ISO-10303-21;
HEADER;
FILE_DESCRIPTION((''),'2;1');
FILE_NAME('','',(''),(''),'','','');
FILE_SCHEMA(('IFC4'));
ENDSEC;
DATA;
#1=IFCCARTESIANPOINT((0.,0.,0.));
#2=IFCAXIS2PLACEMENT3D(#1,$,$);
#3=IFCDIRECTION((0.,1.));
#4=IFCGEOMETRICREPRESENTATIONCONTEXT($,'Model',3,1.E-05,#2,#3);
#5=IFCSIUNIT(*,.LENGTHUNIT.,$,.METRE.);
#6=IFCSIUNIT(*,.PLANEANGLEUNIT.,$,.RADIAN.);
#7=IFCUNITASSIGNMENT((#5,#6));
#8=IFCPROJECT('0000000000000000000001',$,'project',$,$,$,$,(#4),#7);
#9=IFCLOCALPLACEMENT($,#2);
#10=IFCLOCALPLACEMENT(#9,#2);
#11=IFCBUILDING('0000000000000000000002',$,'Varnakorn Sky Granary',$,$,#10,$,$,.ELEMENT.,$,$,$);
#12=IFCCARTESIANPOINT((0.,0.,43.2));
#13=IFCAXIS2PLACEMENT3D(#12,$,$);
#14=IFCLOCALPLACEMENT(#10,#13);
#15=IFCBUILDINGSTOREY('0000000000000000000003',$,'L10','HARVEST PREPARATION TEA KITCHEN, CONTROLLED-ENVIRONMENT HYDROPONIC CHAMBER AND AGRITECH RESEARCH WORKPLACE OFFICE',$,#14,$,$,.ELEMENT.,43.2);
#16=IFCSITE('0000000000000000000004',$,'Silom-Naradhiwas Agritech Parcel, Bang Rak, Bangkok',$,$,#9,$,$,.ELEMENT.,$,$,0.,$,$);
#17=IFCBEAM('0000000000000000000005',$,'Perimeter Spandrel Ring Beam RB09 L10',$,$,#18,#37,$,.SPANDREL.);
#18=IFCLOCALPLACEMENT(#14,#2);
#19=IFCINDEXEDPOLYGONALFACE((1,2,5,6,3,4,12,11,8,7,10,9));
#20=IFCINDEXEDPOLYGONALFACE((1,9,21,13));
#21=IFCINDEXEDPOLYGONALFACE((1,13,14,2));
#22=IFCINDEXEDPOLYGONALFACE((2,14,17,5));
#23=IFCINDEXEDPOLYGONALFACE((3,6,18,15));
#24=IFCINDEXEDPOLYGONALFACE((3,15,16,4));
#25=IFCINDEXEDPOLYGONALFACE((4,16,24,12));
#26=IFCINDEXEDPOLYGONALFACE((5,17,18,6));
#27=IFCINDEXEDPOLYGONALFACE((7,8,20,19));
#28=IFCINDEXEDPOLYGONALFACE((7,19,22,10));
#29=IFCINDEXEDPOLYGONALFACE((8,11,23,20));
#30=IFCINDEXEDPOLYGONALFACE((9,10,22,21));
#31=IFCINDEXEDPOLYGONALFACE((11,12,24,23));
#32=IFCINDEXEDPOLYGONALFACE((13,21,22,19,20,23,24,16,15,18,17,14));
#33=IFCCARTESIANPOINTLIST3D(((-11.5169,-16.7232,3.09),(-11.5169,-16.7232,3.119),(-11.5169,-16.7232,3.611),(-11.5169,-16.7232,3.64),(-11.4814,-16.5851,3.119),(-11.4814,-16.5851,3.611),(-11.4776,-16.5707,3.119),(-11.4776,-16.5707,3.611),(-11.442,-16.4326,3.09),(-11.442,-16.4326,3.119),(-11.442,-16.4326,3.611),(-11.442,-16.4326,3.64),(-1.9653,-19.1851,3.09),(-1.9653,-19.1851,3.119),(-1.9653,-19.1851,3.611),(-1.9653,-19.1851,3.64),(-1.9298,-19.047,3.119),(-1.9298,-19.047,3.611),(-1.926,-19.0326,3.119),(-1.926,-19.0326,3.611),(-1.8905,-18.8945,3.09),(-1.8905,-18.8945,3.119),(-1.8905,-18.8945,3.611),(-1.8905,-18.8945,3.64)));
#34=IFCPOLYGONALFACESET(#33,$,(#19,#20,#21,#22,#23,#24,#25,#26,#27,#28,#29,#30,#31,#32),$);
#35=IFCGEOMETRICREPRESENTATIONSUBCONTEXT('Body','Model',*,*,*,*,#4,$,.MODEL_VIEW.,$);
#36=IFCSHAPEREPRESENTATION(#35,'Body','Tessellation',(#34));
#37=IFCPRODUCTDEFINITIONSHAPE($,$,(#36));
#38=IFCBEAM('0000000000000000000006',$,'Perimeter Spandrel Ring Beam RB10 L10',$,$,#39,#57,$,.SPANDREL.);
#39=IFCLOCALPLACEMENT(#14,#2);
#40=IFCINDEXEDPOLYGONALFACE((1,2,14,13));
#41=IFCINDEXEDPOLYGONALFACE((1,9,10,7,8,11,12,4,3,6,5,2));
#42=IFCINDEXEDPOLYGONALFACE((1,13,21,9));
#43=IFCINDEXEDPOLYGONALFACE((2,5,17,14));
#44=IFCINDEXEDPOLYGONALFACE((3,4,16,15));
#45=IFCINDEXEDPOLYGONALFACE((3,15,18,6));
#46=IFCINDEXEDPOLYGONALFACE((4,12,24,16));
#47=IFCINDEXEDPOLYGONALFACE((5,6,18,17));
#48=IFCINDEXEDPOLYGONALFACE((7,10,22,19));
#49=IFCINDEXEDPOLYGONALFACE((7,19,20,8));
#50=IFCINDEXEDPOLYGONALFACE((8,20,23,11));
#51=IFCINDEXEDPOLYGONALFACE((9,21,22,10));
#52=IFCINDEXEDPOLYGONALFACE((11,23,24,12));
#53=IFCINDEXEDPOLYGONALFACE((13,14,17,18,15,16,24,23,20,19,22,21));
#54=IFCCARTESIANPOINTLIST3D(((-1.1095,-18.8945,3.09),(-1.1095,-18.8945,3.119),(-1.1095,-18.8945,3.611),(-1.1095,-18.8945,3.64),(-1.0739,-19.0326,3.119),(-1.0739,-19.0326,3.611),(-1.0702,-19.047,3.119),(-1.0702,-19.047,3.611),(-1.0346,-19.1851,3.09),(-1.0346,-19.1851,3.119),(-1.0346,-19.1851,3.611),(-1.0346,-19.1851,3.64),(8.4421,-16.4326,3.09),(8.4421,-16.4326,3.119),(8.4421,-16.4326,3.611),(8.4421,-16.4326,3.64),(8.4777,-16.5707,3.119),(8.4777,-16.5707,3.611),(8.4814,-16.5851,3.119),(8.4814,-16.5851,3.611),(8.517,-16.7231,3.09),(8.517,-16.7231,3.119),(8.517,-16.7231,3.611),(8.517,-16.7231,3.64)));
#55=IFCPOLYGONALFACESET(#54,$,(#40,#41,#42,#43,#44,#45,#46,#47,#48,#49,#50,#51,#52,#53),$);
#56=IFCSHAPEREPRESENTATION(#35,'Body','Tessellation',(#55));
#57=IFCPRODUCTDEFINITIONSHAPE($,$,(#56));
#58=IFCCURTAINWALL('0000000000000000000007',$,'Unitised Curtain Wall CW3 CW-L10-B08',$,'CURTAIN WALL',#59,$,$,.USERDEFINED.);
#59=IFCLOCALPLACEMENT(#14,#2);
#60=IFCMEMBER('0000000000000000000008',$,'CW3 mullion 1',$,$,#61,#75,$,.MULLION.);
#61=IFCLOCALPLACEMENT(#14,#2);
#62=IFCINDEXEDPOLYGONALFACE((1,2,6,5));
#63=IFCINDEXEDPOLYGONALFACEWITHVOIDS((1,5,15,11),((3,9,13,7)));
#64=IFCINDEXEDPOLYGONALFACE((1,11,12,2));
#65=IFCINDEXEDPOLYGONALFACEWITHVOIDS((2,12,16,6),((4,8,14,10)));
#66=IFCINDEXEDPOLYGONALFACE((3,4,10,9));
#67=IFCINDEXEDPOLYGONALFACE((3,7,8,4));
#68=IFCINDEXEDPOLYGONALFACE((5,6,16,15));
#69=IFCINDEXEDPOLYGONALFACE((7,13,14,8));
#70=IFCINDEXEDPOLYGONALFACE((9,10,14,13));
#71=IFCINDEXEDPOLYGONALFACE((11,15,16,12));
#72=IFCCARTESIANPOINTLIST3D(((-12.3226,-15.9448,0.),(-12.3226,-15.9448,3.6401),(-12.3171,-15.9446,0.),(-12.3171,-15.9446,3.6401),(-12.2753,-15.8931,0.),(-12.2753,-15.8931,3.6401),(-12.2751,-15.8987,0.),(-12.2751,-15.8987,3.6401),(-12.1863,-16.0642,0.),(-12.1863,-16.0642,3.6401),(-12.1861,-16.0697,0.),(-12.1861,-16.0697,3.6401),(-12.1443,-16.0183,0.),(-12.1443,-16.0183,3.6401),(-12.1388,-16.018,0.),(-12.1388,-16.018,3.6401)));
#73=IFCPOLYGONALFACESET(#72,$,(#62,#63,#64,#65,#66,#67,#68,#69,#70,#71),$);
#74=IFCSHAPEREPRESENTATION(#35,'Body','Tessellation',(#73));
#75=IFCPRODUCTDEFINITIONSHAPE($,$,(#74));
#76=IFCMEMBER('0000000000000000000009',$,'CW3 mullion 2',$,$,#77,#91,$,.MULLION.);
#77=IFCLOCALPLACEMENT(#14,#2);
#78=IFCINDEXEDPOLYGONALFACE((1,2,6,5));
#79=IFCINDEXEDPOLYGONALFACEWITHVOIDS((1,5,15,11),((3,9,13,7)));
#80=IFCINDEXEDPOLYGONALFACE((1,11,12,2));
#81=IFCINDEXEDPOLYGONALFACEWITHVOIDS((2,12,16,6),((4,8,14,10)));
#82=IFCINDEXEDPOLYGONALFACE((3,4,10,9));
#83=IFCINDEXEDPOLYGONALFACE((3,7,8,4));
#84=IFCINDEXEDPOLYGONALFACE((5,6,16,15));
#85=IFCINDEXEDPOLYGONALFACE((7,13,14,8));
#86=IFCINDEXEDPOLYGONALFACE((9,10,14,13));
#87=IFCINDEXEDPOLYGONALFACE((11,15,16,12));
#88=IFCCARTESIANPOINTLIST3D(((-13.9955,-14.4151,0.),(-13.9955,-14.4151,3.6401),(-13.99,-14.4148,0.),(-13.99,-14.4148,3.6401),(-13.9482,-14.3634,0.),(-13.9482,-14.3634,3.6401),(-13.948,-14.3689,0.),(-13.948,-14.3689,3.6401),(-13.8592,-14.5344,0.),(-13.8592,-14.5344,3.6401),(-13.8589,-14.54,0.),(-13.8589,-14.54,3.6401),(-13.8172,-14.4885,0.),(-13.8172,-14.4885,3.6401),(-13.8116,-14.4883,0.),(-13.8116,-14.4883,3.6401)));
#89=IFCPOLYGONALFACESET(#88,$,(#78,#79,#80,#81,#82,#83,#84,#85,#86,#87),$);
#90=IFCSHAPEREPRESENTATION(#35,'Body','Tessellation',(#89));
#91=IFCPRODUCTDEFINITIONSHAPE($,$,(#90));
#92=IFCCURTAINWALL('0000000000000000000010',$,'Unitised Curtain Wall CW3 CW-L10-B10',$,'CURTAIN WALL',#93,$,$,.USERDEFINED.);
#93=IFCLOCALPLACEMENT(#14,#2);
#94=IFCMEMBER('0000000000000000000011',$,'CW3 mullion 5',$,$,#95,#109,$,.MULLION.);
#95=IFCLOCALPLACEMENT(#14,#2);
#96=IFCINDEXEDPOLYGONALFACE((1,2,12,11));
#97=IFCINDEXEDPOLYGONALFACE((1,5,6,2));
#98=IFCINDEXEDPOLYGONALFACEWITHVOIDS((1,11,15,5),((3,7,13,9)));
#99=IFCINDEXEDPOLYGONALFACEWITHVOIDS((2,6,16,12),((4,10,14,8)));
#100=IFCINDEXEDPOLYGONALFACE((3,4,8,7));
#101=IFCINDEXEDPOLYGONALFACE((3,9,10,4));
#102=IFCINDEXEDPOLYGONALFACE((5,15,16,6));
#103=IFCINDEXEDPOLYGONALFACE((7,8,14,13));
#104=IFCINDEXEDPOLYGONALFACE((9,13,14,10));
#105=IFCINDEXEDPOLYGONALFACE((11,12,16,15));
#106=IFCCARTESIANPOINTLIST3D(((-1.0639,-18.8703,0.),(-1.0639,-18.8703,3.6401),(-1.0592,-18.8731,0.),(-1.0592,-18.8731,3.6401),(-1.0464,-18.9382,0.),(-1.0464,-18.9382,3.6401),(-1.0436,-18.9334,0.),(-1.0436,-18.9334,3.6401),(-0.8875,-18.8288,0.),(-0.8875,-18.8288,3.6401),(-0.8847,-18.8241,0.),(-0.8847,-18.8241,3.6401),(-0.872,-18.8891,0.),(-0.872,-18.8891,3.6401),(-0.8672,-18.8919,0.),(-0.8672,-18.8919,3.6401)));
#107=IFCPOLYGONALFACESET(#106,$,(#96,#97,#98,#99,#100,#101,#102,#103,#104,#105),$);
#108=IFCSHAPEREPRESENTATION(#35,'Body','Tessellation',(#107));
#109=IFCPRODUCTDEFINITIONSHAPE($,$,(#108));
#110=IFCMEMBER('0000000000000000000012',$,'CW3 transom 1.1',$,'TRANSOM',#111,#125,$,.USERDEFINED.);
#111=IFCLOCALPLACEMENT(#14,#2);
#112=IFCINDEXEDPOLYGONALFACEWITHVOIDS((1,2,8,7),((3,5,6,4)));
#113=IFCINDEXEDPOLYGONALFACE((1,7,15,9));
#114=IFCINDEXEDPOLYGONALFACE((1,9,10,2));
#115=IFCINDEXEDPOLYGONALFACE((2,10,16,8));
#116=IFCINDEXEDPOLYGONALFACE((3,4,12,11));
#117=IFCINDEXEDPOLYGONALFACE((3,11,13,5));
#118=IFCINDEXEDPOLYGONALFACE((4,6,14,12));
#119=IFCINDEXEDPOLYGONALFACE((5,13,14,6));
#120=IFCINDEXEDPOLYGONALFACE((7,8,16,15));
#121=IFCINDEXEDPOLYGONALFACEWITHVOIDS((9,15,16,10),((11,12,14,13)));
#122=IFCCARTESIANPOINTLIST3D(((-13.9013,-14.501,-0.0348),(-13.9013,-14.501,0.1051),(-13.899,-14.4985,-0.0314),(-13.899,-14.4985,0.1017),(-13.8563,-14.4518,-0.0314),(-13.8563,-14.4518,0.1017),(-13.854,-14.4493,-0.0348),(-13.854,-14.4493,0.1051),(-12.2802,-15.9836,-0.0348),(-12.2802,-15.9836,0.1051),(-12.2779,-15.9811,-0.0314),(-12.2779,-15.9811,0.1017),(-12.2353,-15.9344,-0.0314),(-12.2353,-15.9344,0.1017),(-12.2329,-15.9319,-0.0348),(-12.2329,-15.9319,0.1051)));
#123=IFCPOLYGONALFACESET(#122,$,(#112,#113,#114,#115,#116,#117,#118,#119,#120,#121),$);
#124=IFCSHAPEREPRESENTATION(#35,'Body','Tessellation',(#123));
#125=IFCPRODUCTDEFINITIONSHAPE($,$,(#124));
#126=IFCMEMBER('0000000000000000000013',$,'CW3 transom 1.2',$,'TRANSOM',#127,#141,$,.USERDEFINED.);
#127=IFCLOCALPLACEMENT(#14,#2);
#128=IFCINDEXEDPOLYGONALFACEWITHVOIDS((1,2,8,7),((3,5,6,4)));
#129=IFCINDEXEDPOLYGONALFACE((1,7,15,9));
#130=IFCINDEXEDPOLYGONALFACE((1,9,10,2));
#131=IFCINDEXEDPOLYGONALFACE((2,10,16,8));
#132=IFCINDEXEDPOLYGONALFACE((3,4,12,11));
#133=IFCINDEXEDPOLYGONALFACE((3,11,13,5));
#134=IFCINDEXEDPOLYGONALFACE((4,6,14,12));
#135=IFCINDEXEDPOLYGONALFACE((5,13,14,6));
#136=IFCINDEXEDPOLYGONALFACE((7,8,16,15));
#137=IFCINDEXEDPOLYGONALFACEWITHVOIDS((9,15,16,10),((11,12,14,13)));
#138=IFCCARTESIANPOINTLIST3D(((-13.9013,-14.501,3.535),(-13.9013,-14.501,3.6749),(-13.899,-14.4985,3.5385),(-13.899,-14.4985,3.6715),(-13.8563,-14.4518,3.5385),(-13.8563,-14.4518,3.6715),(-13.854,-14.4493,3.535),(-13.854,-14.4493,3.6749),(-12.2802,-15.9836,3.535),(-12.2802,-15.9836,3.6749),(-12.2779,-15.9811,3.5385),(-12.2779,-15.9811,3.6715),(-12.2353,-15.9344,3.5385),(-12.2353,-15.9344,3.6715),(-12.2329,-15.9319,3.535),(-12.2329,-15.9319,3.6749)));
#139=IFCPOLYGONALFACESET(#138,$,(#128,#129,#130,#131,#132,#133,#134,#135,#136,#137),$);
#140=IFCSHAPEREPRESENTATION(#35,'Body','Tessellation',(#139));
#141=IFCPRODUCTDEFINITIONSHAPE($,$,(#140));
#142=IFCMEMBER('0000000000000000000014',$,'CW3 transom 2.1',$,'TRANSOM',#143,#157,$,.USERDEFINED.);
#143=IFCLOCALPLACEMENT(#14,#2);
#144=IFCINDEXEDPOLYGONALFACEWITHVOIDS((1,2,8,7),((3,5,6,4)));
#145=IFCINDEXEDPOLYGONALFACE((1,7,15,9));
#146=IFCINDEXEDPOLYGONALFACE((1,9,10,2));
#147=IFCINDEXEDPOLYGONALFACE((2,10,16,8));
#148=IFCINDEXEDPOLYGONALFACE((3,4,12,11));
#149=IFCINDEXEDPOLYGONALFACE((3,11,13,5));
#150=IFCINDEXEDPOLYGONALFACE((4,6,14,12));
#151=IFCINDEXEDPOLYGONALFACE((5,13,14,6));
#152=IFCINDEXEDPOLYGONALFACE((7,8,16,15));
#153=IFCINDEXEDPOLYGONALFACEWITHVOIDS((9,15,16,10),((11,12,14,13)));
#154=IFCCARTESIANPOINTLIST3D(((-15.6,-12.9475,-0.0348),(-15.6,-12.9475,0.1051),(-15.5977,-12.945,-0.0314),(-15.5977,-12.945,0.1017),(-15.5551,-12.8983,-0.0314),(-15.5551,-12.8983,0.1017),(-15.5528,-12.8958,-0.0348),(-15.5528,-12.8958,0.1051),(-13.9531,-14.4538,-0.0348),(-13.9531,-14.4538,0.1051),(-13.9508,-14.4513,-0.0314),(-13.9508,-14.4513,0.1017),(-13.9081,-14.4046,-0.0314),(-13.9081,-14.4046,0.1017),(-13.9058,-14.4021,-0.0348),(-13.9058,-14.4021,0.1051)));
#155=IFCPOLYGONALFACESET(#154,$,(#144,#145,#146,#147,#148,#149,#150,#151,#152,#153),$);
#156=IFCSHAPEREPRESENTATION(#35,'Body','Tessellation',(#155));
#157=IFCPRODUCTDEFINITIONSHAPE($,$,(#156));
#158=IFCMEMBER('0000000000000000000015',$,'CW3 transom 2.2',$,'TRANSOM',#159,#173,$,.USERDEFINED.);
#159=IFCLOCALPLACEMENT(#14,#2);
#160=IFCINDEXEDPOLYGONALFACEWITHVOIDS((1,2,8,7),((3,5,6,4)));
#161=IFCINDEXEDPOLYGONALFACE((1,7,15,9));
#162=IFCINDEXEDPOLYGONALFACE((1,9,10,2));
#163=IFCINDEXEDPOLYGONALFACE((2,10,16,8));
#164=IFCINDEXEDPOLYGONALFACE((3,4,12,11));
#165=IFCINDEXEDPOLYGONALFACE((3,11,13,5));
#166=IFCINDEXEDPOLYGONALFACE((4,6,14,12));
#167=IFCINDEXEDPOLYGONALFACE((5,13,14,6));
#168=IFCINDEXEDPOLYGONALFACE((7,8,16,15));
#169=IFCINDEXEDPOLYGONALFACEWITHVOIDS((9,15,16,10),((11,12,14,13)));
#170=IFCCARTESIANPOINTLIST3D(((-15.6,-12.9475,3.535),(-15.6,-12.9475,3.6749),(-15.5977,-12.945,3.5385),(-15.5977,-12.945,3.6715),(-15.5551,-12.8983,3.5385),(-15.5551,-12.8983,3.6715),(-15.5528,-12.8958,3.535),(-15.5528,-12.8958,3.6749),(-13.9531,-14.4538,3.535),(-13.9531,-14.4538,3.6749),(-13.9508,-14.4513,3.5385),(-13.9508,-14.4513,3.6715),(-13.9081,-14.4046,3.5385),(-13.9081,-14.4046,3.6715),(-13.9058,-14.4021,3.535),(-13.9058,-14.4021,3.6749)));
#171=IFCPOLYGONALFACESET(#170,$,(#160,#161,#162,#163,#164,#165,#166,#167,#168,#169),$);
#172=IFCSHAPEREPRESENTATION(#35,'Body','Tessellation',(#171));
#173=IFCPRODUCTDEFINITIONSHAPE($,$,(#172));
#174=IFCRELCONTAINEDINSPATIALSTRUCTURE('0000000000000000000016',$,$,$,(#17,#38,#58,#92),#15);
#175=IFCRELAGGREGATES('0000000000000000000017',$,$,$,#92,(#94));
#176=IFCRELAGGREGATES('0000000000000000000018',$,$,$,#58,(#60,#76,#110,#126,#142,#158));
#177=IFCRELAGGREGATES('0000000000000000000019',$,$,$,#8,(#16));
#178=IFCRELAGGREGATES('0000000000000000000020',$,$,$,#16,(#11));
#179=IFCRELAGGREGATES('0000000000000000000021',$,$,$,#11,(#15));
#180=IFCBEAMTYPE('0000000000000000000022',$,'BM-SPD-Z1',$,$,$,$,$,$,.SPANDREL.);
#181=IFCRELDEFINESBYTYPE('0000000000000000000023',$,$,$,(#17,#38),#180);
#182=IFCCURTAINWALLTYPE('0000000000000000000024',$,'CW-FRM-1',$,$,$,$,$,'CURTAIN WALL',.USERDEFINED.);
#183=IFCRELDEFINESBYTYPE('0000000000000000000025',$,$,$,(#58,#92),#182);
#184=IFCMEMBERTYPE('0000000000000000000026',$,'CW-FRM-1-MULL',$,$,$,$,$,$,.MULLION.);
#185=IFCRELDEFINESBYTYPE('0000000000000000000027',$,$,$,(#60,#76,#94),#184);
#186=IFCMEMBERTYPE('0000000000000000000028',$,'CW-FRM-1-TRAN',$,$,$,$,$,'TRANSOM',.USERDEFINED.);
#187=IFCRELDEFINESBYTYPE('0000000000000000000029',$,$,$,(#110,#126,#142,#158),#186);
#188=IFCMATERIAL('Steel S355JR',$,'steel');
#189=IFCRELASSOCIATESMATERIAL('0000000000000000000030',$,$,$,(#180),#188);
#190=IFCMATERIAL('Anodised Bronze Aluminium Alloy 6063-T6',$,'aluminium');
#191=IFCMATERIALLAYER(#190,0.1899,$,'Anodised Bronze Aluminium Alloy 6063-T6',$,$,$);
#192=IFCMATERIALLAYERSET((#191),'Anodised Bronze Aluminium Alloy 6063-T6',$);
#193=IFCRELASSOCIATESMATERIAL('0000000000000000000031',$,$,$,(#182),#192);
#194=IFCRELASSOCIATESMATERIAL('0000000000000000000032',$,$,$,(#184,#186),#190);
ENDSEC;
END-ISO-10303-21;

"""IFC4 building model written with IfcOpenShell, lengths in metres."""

from ifc_helpers import new_model, si_unit, direction, frame, origin, origin_2d, place, context, subcontext, project, spatial, hollow_rectangle, i_section, extrude, material, layer, layer_set, material_profile, profile_set, type_object, element, aggregate, save


model = new_model("IFC4")

# Units and contexts
model_context = context("Model", 3, precision=1e-05, world=origin(), true_north=direction((0.0, 1.0)))
body_context = subcontext(model_context, "Body", "Model", "MODEL_VIEW")
ifc_project = project(units=[si_unit("LENGTHUNIT", "METRE"), si_unit("PLANEANGLEUNIT", "RADIAN")], contexts=[model_context])

# Site, building, storey
site_placement = place(None, origin())
site = spatial("IfcSite", under=ifc_project, at=site_placement, Name="Silom-Naradhiwas Agritech Parcel, Bang Rak, Bangkok", CompositionType="ELEMENT", RefElevation=0.0)
building_placement = place(site_placement, origin())
building = spatial("IfcBuilding", under=site, at=building_placement, Name="Varnakorn Sky Granary", CompositionType="ELEMENT")
storey_placement = place(building_placement, frame((0.0, 0.0, 43.2)))
storey = spatial("IfcBuildingStorey", under=building, at=storey_placement, Name="L10", Description="HARVEST PREPARATION TEA KITCHEN, CONTROLLED-ENVIRONMENT HYDROPONIC CHAMBER AND AGRITECH RESEARCH WORKPLACE OFFICE", CompositionType="ELEMENT", Elevation=43.2)

# Beams
ifc_material_1 = material(Name="Steel S355JR", Category="steel")
ifc_material_profile_1 = material_profile(ifc_material_1, i_section(OverallWidth=0.3, OverallDepth=0.55, WebThickness=0.0149, FlangeThickness=0.0291, at=origin_2d()), Name="HE 550 B")
ifc_profile_set_1 = profile_set([ifc_material_profile_1], Name="Steel S355JR")
beam_type_1 = type_object("IfcBeamType", Name="BM-SPD-Z1", PredefinedType="SPANDREL", material=ifc_profile_set_1)
for number, where, z_axis, x_axis, name in (
    (1, (-11.4795, -16.5779, 3.365), (0.968351, -0.249594, 0.0), (0.249594, 0.968351, 0.0), "Perimeter Spandrel Ring Beam RB09 L10"),
    (2, (-1.072, -19.0398, 3.365), (0.968351, 0.249594, 0.0), (-0.249594, 0.968351, 0.0), "Perimeter Spandrel Ring Beam RB10 L10"),
):
    element("IfcBeam", number, at=place(storey_placement, frame(where, z_axis=z_axis, x_axis=x_axis)), inside=storey, type_object=beam_type_1, Name=name, PredefinedType="SPANDREL", context=body_context, shape_type="SweptSolid", body=[
        extrude(i_section(OverallWidth=0.3, OverallDepth=0.55, WebThickness=0.0149, FlangeThickness=0.0291, at=origin_2d()), origin(), (0.0, 0.0, 1.0), 9.8638),
    ])

# Curtain wall, members
ifc_material_2 = material(Name="Anodised Bronze Aluminium Alloy 6063-T6", Category="aluminium")
ifc_layer_1 = layer(ifc_material_2, 0.1899, Name="Anodised Bronze Aluminium Alloy 6063-T6")
ifc_layer_set_1 = layer_set([ifc_layer_1], Name="Anodised Bronze Aluminium Alloy 6063-T6")
curtain_wall_type = type_object("IfcCurtainWallType", Name="CW-FRM-1", ElementType="CURTAIN WALL", PredefinedType="USERDEFINED", material=ifc_layer_set_1)
curtain_wall_1_placement = place(storey_placement, origin())
curtain_wall_1 = element("IfcCurtainWall", 3, at=curtain_wall_1_placement, inside=storey, type_object=curtain_wall_type, Name="Unitised Curtain Wall CW3 CW-L10-B08", ObjectType="CURTAIN WALL", PredefinedType="USERDEFINED")
ifc_material_profile_2 = material_profile(ifc_material_2, hollow_rectangle(XDim=0.0701, YDim=0.1851, WallThickness=0.0039, at=origin_2d()), Name="ALU MULL 70x185")
ifc_profile_set_2 = profile_set([ifc_material_profile_2], Name="Anodised Bronze Aluminium Alloy 6063-T6")
member_type_1 = type_object("IfcMemberType", Name="CW-FRM-1-MULL", PredefinedType="MULLION", material=ifc_profile_set_2)
member_1_placement = place(storey_placement, frame((-12.2307, -15.9814, 0.0), z_axis=(0.0, 0.0, 1.0), x_axis=(-0.674903, -0.737906, 0.0)))
member_1 = element("IfcMember", 4, at=member_1_placement, type_object=member_type_1, Name="CW3 mullion 1", PredefinedType="MULLION", context=body_context, shape_type="SweptSolid", body=[
    extrude(hollow_rectangle(XDim=0.0701, YDim=0.1851, WallThickness=0.0039, at=origin_2d()), origin(), (0.0, 0.0, 1.0), 3.6401),
])
member_2_placement = place(storey_placement, frame((-13.9036, -14.4517, 0.0), z_axis=(0.0, 0.0, 1.0), x_axis=(-0.674903, -0.737906, 0.0)))
member_2 = element("IfcMember", 5, at=member_2_placement, type_object=member_type_1, Name="CW3 mullion 2", PredefinedType="MULLION", context=body_context, shape_type="SweptSolid", body=[
    extrude(hollow_rectangle(XDim=0.0701, YDim=0.1851, WallThickness=0.0039, at=origin_2d()), origin(), (0.0, 0.0, 1.0), 3.6401),
])

# Curtain wall, member
curtain_wall_2_placement = place(storey_placement, origin())
curtain_wall_2 = element("IfcCurtainWall", 6, at=curtain_wall_2_placement, inside=storey, type_object=curtain_wall_type, Name="Unitised Curtain Wall CW3 CW-L10-B10", ObjectType="CURTAIN WALL", PredefinedType="USERDEFINED")
member_3_placement = place(storey_placement, frame((-0.9656, -18.8811, 0.0), z_axis=(0.0, 0.0, 1.0), x_axis=(0.24996, -0.968256, 0.0)))
member_3 = element("IfcMember", 7, at=member_3_placement, type_object=member_type_1, Name="CW3 mullion 5", PredefinedType="MULLION", context=body_context, shape_type="SweptSolid", body=[
    extrude(hollow_rectangle(XDim=0.0701, YDim=0.1851, WallThickness=0.0039, at=origin_2d()), origin(), (0.0, 0.0, 1.0), 3.6401),
])
aggregate(curtain_wall_2, [member_3])

# Members
ifc_material_profile_3 = material_profile(ifc_material_2, hollow_rectangle(XDim=0.0701, YDim=0.1399, WallThickness=0.0034, at=origin_2d()), Name="ALU TRAN 70x140")
ifc_profile_set_3 = profile_set([ifc_material_profile_3], Name="Anodised Bronze Aluminium Alloy 6063-T6")
member_type_2 = type_object("IfcMemberType", Name="CW-FRM-1-TRAN", ElementType="TRANSOM", PredefinedType="USERDEFINED", material=ifc_profile_set_3)
member_4_placement = place(storey_placement, frame((-12.2566, -15.9578, 0.0352), z_axis=(-0.73791, 0.674899, 0.0), x_axis=(-0.674899, -0.73791, 0.0)))
member_4 = element("IfcMember", 8, at=member_4_placement, type_object=member_type_2, Name="CW3 transom 1.1", ObjectType="TRANSOM", PredefinedType="USERDEFINED", context=body_context, shape_type="SweptSolid", body=[
    extrude(hollow_rectangle(XDim=0.0701, YDim=0.1399, WallThickness=0.0034, at=origin_2d()), origin(), (0.0, 0.0, 1.0), 2.1968),
])
member_5_placement = place(storey_placement, frame((-12.2566, -15.9578, 3.605), z_axis=(-0.73791, 0.674899, 0.0), x_axis=(-0.674899, -0.73791, 0.0)))
member_5 = element("IfcMember", 9, at=member_5_placement, type_object=member_type_2, Name="CW3 transom 1.2", ObjectType="TRANSOM", PredefinedType="USERDEFINED", context=body_context, shape_type="SweptSolid", body=[
    extrude(hollow_rectangle(XDim=0.0701, YDim=0.1399, WallThickness=0.0034, at=origin_2d()), origin(), (0.0, 0.0, 1.0), 2.1968),
])
member_6_placement = place(storey_placement, frame((-13.9294, -14.428, 0.0352), z_axis=(-0.737907, 0.674902, 0.0), x_axis=(-0.674902, -0.737907, 0.0)))
member_6 = element("IfcMember", 10, at=member_6_placement, type_object=member_type_2, Name="CW3 transom 2.1", ObjectType="TRANSOM", PredefinedType="USERDEFINED", context=body_context, shape_type="SweptSolid", body=[
    extrude(hollow_rectangle(XDim=0.0701, YDim=0.1399, WallThickness=0.0034, at=origin_2d()), origin(), (0.0, 0.0, 1.0), 2.2319),
])
member_7_placement = place(storey_placement, frame((-13.9294, -14.428, 3.605), z_axis=(-0.737907, 0.674902, 0.0), x_axis=(-0.674902, -0.737907, 0.0)))
member_7 = element("IfcMember", 11, at=member_7_placement, type_object=member_type_2, Name="CW3 transom 2.2", ObjectType="TRANSOM", PredefinedType="USERDEFINED", context=body_context, shape_type="SweptSolid", body=[
    extrude(hollow_rectangle(XDim=0.0701, YDim=0.1399, WallThickness=0.0034, at=origin_2d()), origin(), (0.0, 0.0, 1.0), 2.2319),
])

aggregate(curtain_wall_1, [member_1, member_2, member_4, member_5, member_6, member_7])

save(model, "model.ifc")
